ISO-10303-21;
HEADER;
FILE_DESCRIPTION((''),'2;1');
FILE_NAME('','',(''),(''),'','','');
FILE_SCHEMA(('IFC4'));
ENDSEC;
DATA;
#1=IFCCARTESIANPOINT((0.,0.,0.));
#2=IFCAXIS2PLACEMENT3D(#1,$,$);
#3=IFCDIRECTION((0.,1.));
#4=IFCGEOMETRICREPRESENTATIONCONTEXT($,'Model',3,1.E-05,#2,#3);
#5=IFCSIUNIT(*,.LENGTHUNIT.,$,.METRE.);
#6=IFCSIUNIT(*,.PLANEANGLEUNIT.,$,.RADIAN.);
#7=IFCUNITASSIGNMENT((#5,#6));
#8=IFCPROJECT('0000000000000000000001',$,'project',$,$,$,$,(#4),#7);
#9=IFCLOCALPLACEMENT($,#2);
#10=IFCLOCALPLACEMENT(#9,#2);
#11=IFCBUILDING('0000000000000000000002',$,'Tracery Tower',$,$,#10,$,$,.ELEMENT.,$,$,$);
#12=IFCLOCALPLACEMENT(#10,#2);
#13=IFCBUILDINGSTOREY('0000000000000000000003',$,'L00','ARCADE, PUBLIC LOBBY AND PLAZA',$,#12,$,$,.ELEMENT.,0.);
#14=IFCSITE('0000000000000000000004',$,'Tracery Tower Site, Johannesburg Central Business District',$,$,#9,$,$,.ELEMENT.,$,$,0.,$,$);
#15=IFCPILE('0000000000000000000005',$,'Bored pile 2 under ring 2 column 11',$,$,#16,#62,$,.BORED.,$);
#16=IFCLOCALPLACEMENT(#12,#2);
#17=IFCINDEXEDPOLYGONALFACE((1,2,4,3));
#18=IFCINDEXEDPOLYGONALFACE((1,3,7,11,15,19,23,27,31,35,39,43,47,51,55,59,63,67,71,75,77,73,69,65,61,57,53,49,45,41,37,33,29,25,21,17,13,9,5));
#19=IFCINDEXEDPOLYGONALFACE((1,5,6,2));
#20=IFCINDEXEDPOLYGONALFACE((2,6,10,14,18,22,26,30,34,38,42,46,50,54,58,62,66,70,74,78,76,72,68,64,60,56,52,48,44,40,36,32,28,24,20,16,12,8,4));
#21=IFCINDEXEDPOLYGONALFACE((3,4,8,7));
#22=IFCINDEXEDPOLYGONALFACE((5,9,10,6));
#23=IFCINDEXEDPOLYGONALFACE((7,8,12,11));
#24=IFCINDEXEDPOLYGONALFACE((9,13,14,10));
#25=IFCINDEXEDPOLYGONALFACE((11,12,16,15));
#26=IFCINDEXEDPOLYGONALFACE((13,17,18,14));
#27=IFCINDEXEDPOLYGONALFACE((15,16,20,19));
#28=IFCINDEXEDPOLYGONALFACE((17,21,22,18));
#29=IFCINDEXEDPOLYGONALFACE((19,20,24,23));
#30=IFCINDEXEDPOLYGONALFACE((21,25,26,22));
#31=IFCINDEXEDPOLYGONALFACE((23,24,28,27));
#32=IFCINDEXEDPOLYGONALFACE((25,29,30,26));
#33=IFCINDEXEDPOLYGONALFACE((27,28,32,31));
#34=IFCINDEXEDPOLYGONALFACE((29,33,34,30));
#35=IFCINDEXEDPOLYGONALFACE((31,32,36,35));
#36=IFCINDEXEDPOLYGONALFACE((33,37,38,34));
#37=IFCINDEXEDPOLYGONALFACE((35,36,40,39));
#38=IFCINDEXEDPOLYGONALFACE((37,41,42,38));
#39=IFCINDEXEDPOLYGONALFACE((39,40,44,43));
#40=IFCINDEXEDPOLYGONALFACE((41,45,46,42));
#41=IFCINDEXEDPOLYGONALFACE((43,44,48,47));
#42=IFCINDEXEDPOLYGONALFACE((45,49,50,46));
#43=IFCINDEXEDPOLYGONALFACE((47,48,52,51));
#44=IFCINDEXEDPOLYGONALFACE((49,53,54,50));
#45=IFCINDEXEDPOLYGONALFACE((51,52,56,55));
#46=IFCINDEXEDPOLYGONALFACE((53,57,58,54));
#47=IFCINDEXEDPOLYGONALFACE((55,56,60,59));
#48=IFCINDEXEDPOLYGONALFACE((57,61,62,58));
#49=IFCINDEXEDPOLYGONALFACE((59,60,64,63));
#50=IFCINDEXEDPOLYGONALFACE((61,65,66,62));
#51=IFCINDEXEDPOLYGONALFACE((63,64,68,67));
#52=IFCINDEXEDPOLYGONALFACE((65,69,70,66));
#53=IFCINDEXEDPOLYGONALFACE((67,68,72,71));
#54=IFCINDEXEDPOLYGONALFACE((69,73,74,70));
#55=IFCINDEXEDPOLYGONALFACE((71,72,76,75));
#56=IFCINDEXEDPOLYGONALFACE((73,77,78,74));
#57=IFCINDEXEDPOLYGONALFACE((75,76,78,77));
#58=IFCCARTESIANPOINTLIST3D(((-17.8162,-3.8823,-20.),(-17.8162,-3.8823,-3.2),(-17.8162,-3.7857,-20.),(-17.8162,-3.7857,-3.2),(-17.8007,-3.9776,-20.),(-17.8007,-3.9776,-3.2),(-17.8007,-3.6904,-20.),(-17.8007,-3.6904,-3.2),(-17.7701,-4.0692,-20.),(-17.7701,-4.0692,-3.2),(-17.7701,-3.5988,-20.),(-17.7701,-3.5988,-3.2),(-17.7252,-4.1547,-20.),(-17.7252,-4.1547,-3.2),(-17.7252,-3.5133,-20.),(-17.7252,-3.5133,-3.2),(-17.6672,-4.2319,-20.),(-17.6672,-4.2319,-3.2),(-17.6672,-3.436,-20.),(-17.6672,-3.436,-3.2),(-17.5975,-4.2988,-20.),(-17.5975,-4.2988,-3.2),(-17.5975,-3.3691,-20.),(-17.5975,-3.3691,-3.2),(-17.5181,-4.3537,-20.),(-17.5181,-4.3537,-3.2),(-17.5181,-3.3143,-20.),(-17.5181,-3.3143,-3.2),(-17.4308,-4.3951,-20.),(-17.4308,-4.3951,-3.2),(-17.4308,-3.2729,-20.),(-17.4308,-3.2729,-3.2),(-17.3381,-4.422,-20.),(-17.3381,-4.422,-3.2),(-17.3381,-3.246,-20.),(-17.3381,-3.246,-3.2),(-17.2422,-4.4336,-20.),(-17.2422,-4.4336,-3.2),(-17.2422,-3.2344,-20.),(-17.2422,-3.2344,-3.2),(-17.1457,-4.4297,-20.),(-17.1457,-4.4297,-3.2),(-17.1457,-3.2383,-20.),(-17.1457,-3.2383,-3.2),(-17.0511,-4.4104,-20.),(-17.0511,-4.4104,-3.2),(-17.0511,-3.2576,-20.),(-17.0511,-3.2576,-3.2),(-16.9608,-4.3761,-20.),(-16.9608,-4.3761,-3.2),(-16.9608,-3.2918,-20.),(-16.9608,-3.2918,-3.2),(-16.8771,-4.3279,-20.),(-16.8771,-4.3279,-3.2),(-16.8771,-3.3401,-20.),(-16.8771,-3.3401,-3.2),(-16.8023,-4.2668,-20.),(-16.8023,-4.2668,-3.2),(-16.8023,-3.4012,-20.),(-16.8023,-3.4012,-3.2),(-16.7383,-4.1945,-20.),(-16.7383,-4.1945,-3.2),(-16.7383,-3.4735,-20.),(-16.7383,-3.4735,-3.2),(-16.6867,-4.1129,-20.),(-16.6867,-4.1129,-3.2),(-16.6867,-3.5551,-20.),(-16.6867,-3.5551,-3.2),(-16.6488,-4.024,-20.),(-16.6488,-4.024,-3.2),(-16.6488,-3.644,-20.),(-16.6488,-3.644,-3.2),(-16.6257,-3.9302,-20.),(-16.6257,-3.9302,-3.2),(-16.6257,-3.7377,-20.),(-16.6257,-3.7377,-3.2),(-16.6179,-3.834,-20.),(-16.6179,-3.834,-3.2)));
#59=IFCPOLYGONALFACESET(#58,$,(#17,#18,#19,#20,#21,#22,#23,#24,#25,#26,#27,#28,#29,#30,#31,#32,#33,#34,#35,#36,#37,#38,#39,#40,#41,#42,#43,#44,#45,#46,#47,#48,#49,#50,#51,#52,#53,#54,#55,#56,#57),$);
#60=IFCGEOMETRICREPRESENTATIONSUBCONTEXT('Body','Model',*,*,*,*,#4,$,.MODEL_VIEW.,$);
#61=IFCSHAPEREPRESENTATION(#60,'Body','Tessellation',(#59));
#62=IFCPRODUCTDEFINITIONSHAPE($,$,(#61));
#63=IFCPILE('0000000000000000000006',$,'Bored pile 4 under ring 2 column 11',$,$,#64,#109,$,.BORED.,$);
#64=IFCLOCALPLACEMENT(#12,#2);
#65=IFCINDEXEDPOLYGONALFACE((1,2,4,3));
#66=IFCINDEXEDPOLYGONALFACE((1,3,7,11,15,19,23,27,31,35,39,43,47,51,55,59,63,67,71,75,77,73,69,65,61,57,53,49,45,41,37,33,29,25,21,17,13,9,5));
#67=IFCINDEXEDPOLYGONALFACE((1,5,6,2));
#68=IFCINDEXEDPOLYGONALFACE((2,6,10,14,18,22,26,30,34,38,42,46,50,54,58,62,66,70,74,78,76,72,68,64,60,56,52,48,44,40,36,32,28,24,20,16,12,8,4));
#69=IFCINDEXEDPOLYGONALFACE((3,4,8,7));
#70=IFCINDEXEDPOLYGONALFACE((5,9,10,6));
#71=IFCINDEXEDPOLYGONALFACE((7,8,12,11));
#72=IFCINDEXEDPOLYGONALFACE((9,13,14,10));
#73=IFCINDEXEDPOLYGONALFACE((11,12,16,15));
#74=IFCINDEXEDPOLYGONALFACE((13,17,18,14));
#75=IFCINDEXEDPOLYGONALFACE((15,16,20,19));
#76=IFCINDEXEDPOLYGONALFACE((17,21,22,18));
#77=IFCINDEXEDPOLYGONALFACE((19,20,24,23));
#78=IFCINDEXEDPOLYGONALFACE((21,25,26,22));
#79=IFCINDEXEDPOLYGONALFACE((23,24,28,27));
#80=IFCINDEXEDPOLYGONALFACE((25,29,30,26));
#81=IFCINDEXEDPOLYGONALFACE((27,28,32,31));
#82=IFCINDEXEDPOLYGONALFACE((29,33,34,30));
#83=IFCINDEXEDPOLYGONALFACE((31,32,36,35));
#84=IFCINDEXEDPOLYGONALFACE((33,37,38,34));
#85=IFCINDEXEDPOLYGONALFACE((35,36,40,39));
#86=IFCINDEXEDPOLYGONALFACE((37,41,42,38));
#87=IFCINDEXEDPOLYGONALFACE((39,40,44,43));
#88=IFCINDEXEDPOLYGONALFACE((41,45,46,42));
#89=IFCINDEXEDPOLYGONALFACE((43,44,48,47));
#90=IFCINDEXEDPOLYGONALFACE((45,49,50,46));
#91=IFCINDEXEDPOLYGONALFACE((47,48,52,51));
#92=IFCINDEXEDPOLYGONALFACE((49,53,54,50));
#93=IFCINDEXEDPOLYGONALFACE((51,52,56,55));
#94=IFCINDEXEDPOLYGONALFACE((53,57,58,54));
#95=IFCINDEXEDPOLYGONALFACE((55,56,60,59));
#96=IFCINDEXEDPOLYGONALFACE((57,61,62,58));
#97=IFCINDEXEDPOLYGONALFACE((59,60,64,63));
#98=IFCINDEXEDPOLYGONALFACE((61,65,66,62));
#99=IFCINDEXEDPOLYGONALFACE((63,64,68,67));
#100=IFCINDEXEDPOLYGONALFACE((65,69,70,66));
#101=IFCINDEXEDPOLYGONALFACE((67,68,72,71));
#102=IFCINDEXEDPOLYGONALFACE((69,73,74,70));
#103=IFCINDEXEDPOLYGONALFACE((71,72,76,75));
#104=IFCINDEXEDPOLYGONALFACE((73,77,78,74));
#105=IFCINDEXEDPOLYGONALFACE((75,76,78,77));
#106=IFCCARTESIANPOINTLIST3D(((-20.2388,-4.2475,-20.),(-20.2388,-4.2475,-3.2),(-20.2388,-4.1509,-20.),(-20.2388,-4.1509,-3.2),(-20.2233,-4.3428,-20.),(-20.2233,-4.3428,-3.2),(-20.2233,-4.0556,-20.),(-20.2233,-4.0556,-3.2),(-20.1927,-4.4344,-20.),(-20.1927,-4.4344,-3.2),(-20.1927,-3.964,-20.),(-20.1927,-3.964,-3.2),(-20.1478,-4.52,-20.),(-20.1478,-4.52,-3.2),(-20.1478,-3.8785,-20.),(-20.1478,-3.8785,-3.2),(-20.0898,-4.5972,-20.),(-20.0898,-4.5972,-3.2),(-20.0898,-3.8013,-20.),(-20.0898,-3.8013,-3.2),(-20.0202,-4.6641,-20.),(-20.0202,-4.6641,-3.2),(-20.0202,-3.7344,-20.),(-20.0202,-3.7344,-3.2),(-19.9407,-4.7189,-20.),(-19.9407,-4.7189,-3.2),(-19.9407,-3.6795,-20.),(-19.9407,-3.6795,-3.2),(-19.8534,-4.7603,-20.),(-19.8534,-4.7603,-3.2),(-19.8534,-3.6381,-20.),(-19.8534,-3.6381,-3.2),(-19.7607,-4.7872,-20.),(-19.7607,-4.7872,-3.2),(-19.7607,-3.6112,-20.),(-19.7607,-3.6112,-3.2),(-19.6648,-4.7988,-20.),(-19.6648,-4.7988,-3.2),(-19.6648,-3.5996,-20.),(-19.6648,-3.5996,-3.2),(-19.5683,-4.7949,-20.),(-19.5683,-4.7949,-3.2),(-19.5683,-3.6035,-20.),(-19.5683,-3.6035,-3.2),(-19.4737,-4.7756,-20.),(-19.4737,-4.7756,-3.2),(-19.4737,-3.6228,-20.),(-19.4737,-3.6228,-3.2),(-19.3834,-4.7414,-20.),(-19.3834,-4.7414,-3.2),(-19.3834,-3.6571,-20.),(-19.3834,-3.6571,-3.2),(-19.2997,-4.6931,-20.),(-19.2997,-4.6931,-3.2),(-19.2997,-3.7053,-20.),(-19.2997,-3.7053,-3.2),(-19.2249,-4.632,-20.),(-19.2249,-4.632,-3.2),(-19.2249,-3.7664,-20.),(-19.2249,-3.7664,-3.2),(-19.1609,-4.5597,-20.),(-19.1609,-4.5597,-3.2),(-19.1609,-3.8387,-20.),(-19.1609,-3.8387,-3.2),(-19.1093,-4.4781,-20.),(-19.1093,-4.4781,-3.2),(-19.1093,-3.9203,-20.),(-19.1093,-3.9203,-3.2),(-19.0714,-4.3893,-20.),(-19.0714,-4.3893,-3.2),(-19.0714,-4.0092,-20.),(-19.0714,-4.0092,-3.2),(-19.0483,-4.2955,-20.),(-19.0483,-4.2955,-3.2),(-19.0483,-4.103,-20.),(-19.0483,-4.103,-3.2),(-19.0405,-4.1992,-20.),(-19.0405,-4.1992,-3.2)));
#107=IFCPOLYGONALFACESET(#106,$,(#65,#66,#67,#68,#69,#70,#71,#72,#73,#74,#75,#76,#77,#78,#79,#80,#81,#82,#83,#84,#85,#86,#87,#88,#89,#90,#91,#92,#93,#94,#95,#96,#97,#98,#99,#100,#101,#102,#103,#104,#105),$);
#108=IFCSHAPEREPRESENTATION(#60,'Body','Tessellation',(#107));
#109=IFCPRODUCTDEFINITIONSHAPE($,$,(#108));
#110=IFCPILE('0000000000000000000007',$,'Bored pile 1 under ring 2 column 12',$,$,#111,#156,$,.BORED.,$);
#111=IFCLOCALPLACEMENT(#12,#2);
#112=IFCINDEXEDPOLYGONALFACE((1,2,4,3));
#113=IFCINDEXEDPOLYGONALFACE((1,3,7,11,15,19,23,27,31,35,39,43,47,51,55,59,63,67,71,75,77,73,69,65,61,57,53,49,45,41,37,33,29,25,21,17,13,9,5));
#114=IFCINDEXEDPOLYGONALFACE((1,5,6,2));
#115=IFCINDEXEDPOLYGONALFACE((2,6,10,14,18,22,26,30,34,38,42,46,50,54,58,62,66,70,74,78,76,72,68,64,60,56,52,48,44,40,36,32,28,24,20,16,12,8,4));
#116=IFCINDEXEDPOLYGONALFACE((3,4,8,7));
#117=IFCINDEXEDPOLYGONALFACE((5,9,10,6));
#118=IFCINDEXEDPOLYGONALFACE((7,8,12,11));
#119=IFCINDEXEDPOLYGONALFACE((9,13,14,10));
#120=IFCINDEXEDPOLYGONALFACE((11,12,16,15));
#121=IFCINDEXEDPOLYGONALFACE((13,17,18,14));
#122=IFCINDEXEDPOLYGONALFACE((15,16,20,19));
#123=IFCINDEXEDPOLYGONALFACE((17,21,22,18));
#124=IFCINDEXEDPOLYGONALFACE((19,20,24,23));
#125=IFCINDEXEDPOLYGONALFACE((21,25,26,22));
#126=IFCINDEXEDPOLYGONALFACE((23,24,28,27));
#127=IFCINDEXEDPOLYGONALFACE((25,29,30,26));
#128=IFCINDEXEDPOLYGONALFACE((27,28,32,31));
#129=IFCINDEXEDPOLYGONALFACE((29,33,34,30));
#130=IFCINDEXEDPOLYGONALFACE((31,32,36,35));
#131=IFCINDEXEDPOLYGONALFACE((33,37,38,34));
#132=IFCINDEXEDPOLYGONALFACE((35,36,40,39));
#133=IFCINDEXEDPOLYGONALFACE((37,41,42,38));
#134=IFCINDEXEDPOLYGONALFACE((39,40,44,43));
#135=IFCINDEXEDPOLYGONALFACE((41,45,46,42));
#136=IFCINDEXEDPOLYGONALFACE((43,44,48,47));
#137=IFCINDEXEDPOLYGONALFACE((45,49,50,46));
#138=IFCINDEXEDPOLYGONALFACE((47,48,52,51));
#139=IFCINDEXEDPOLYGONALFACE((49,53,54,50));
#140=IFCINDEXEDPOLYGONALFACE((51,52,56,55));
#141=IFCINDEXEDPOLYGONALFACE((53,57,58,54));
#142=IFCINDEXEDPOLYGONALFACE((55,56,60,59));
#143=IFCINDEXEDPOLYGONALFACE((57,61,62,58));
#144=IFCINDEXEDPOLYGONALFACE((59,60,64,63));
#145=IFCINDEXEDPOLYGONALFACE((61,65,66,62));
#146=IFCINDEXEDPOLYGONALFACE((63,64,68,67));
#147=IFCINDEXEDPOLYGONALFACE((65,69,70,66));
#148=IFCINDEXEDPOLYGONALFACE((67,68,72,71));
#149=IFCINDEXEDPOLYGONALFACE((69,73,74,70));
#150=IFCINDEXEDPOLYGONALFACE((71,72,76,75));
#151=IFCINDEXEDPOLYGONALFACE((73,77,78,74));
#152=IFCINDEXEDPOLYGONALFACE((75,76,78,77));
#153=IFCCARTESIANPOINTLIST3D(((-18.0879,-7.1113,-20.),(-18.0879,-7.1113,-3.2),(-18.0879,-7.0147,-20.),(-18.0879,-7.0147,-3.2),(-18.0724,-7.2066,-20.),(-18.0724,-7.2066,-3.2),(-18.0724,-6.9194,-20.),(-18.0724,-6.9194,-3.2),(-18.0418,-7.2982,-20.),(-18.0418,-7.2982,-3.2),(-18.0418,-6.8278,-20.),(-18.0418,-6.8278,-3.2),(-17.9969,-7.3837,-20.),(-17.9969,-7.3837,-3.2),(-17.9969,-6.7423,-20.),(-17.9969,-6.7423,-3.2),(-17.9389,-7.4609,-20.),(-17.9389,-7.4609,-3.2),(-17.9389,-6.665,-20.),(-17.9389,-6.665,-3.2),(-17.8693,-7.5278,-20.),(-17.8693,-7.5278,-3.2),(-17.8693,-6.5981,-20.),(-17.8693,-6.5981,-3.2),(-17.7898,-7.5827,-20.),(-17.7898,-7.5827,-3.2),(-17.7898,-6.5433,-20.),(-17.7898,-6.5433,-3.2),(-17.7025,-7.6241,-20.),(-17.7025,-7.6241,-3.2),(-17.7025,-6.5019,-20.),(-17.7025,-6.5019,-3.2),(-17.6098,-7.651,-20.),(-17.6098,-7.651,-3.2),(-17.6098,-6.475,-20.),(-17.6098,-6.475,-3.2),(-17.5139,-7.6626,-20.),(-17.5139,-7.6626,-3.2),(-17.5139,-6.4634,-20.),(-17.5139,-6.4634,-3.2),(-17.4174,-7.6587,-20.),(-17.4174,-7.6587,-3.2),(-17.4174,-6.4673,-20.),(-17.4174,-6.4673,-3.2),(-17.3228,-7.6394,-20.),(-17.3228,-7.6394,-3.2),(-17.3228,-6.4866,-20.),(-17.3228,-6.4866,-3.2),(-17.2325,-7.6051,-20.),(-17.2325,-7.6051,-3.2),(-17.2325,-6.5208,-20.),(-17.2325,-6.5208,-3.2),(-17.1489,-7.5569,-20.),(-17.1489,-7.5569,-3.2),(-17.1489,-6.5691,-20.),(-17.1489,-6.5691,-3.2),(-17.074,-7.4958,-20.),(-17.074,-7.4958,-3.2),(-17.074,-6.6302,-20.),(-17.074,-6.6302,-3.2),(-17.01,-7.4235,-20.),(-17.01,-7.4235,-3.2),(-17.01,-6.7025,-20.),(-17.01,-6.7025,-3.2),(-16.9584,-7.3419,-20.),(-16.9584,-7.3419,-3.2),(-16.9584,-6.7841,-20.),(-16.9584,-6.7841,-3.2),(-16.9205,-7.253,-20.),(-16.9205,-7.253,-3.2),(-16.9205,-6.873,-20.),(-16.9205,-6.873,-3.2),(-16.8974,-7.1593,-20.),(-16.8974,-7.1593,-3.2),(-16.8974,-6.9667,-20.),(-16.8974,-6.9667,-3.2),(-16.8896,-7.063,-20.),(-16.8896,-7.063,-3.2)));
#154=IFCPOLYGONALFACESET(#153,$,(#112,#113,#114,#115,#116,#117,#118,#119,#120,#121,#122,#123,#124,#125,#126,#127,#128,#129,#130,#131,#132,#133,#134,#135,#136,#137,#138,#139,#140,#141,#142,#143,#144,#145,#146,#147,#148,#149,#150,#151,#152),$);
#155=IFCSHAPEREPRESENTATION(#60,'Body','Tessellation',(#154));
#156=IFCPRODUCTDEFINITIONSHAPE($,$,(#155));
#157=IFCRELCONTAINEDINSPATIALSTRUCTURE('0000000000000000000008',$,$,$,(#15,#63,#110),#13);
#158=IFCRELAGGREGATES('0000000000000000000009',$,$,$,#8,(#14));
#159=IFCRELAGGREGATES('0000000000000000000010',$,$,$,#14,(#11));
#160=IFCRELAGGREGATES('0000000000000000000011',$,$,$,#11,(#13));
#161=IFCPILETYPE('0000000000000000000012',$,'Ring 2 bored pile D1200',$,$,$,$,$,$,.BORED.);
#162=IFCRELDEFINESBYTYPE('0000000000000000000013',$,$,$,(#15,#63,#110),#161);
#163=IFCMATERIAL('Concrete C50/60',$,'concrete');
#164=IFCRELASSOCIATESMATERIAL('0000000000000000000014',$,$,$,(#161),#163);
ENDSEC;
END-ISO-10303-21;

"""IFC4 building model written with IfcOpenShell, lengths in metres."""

from ifc_helpers import new_model, si_unit, direction, frame, origin, origin_2d, place, context, subcontext, project, spatial, circle, extrude, material, material_profile, profile_set, type_object, element, save


model = new_model("IFC4")

# Units and contexts
model_context = context("Model", 3, precision=1e-05, world=origin(), true_north=direction((0.0, 1.0)))
body_context = subcontext(model_context, "Body", "Model", "MODEL_VIEW")
ifc_project = project(units=[si_unit("LENGTHUNIT", "METRE"), si_unit("PLANEANGLEUNIT", "RADIAN")], contexts=[model_context])

# Site, building, storey
site_placement = place(None, origin())
site = spatial("IfcSite", under=ifc_project, at=site_placement, Name="Tracery Tower Site, Johannesburg Central Business District", CompositionType="ELEMENT", RefElevation=0.0)
building_placement = place(site_placement, origin())
building = spatial("IfcBuilding", under=site, at=building_placement, Name="Tracery Tower", CompositionType="ELEMENT")
storey_placement = place(building_placement, origin())
storey = spatial("IfcBuildingStorey", under=building, at=storey_placement, Name="L00", Description="ARCADE, PUBLIC LOBBY AND PLAZA", CompositionType="ELEMENT", Elevation=0.0)

# Piles
ifc_material_1 = material(Name="Concrete C50/60", Category="concrete")
ifc_material_profile_1 = material_profile(ifc_material_1, circle(Radius=0.6001, at=origin_2d()), Name="RC D1200")
ifc_profile_set_1 = profile_set([ifc_material_profile_1], Name="Concrete C50/60")
pile_type_1 = type_object("IfcPileType", Name="Ring 2 bored pile D1200", PredefinedType="BORED", material=ifc_profile_set_1)
for number, where, z_axis, x_axis, name in (
    (1, (-17.218, -3.834, -3.2), (0.0, 0.0, -1.0), (1.0, 0.0, 0.0), "Bored pile 2 under ring 2 column 11"),
    (2, (-19.6406, -4.1992, -3.2), (0.0, 0.0, -1.0), (1.0, 0.0, 0.0), "Bored pile 4 under ring 2 column 11"),
    (3, (-17.4897, -7.063, -3.2), (0.0, 0.0, -1.0), (1.0, 0.0, 0.0), "Bored pile 1 under ring 2 column 12"),
):
    element("IfcPile", number, at=place(storey_placement, frame(where, z_axis=z_axis, x_axis=x_axis)), inside=storey, type_object=pile_type_1, Name=name, PredefinedType="BORED", context=body_context, shape_type="SweptSolid", body=[
        extrude(circle(Radius=0.6001, at=origin_2d()), origin(), (0.0, 0.0, 1.0), 16.8),
    ])

save(model, "model.ifc")
